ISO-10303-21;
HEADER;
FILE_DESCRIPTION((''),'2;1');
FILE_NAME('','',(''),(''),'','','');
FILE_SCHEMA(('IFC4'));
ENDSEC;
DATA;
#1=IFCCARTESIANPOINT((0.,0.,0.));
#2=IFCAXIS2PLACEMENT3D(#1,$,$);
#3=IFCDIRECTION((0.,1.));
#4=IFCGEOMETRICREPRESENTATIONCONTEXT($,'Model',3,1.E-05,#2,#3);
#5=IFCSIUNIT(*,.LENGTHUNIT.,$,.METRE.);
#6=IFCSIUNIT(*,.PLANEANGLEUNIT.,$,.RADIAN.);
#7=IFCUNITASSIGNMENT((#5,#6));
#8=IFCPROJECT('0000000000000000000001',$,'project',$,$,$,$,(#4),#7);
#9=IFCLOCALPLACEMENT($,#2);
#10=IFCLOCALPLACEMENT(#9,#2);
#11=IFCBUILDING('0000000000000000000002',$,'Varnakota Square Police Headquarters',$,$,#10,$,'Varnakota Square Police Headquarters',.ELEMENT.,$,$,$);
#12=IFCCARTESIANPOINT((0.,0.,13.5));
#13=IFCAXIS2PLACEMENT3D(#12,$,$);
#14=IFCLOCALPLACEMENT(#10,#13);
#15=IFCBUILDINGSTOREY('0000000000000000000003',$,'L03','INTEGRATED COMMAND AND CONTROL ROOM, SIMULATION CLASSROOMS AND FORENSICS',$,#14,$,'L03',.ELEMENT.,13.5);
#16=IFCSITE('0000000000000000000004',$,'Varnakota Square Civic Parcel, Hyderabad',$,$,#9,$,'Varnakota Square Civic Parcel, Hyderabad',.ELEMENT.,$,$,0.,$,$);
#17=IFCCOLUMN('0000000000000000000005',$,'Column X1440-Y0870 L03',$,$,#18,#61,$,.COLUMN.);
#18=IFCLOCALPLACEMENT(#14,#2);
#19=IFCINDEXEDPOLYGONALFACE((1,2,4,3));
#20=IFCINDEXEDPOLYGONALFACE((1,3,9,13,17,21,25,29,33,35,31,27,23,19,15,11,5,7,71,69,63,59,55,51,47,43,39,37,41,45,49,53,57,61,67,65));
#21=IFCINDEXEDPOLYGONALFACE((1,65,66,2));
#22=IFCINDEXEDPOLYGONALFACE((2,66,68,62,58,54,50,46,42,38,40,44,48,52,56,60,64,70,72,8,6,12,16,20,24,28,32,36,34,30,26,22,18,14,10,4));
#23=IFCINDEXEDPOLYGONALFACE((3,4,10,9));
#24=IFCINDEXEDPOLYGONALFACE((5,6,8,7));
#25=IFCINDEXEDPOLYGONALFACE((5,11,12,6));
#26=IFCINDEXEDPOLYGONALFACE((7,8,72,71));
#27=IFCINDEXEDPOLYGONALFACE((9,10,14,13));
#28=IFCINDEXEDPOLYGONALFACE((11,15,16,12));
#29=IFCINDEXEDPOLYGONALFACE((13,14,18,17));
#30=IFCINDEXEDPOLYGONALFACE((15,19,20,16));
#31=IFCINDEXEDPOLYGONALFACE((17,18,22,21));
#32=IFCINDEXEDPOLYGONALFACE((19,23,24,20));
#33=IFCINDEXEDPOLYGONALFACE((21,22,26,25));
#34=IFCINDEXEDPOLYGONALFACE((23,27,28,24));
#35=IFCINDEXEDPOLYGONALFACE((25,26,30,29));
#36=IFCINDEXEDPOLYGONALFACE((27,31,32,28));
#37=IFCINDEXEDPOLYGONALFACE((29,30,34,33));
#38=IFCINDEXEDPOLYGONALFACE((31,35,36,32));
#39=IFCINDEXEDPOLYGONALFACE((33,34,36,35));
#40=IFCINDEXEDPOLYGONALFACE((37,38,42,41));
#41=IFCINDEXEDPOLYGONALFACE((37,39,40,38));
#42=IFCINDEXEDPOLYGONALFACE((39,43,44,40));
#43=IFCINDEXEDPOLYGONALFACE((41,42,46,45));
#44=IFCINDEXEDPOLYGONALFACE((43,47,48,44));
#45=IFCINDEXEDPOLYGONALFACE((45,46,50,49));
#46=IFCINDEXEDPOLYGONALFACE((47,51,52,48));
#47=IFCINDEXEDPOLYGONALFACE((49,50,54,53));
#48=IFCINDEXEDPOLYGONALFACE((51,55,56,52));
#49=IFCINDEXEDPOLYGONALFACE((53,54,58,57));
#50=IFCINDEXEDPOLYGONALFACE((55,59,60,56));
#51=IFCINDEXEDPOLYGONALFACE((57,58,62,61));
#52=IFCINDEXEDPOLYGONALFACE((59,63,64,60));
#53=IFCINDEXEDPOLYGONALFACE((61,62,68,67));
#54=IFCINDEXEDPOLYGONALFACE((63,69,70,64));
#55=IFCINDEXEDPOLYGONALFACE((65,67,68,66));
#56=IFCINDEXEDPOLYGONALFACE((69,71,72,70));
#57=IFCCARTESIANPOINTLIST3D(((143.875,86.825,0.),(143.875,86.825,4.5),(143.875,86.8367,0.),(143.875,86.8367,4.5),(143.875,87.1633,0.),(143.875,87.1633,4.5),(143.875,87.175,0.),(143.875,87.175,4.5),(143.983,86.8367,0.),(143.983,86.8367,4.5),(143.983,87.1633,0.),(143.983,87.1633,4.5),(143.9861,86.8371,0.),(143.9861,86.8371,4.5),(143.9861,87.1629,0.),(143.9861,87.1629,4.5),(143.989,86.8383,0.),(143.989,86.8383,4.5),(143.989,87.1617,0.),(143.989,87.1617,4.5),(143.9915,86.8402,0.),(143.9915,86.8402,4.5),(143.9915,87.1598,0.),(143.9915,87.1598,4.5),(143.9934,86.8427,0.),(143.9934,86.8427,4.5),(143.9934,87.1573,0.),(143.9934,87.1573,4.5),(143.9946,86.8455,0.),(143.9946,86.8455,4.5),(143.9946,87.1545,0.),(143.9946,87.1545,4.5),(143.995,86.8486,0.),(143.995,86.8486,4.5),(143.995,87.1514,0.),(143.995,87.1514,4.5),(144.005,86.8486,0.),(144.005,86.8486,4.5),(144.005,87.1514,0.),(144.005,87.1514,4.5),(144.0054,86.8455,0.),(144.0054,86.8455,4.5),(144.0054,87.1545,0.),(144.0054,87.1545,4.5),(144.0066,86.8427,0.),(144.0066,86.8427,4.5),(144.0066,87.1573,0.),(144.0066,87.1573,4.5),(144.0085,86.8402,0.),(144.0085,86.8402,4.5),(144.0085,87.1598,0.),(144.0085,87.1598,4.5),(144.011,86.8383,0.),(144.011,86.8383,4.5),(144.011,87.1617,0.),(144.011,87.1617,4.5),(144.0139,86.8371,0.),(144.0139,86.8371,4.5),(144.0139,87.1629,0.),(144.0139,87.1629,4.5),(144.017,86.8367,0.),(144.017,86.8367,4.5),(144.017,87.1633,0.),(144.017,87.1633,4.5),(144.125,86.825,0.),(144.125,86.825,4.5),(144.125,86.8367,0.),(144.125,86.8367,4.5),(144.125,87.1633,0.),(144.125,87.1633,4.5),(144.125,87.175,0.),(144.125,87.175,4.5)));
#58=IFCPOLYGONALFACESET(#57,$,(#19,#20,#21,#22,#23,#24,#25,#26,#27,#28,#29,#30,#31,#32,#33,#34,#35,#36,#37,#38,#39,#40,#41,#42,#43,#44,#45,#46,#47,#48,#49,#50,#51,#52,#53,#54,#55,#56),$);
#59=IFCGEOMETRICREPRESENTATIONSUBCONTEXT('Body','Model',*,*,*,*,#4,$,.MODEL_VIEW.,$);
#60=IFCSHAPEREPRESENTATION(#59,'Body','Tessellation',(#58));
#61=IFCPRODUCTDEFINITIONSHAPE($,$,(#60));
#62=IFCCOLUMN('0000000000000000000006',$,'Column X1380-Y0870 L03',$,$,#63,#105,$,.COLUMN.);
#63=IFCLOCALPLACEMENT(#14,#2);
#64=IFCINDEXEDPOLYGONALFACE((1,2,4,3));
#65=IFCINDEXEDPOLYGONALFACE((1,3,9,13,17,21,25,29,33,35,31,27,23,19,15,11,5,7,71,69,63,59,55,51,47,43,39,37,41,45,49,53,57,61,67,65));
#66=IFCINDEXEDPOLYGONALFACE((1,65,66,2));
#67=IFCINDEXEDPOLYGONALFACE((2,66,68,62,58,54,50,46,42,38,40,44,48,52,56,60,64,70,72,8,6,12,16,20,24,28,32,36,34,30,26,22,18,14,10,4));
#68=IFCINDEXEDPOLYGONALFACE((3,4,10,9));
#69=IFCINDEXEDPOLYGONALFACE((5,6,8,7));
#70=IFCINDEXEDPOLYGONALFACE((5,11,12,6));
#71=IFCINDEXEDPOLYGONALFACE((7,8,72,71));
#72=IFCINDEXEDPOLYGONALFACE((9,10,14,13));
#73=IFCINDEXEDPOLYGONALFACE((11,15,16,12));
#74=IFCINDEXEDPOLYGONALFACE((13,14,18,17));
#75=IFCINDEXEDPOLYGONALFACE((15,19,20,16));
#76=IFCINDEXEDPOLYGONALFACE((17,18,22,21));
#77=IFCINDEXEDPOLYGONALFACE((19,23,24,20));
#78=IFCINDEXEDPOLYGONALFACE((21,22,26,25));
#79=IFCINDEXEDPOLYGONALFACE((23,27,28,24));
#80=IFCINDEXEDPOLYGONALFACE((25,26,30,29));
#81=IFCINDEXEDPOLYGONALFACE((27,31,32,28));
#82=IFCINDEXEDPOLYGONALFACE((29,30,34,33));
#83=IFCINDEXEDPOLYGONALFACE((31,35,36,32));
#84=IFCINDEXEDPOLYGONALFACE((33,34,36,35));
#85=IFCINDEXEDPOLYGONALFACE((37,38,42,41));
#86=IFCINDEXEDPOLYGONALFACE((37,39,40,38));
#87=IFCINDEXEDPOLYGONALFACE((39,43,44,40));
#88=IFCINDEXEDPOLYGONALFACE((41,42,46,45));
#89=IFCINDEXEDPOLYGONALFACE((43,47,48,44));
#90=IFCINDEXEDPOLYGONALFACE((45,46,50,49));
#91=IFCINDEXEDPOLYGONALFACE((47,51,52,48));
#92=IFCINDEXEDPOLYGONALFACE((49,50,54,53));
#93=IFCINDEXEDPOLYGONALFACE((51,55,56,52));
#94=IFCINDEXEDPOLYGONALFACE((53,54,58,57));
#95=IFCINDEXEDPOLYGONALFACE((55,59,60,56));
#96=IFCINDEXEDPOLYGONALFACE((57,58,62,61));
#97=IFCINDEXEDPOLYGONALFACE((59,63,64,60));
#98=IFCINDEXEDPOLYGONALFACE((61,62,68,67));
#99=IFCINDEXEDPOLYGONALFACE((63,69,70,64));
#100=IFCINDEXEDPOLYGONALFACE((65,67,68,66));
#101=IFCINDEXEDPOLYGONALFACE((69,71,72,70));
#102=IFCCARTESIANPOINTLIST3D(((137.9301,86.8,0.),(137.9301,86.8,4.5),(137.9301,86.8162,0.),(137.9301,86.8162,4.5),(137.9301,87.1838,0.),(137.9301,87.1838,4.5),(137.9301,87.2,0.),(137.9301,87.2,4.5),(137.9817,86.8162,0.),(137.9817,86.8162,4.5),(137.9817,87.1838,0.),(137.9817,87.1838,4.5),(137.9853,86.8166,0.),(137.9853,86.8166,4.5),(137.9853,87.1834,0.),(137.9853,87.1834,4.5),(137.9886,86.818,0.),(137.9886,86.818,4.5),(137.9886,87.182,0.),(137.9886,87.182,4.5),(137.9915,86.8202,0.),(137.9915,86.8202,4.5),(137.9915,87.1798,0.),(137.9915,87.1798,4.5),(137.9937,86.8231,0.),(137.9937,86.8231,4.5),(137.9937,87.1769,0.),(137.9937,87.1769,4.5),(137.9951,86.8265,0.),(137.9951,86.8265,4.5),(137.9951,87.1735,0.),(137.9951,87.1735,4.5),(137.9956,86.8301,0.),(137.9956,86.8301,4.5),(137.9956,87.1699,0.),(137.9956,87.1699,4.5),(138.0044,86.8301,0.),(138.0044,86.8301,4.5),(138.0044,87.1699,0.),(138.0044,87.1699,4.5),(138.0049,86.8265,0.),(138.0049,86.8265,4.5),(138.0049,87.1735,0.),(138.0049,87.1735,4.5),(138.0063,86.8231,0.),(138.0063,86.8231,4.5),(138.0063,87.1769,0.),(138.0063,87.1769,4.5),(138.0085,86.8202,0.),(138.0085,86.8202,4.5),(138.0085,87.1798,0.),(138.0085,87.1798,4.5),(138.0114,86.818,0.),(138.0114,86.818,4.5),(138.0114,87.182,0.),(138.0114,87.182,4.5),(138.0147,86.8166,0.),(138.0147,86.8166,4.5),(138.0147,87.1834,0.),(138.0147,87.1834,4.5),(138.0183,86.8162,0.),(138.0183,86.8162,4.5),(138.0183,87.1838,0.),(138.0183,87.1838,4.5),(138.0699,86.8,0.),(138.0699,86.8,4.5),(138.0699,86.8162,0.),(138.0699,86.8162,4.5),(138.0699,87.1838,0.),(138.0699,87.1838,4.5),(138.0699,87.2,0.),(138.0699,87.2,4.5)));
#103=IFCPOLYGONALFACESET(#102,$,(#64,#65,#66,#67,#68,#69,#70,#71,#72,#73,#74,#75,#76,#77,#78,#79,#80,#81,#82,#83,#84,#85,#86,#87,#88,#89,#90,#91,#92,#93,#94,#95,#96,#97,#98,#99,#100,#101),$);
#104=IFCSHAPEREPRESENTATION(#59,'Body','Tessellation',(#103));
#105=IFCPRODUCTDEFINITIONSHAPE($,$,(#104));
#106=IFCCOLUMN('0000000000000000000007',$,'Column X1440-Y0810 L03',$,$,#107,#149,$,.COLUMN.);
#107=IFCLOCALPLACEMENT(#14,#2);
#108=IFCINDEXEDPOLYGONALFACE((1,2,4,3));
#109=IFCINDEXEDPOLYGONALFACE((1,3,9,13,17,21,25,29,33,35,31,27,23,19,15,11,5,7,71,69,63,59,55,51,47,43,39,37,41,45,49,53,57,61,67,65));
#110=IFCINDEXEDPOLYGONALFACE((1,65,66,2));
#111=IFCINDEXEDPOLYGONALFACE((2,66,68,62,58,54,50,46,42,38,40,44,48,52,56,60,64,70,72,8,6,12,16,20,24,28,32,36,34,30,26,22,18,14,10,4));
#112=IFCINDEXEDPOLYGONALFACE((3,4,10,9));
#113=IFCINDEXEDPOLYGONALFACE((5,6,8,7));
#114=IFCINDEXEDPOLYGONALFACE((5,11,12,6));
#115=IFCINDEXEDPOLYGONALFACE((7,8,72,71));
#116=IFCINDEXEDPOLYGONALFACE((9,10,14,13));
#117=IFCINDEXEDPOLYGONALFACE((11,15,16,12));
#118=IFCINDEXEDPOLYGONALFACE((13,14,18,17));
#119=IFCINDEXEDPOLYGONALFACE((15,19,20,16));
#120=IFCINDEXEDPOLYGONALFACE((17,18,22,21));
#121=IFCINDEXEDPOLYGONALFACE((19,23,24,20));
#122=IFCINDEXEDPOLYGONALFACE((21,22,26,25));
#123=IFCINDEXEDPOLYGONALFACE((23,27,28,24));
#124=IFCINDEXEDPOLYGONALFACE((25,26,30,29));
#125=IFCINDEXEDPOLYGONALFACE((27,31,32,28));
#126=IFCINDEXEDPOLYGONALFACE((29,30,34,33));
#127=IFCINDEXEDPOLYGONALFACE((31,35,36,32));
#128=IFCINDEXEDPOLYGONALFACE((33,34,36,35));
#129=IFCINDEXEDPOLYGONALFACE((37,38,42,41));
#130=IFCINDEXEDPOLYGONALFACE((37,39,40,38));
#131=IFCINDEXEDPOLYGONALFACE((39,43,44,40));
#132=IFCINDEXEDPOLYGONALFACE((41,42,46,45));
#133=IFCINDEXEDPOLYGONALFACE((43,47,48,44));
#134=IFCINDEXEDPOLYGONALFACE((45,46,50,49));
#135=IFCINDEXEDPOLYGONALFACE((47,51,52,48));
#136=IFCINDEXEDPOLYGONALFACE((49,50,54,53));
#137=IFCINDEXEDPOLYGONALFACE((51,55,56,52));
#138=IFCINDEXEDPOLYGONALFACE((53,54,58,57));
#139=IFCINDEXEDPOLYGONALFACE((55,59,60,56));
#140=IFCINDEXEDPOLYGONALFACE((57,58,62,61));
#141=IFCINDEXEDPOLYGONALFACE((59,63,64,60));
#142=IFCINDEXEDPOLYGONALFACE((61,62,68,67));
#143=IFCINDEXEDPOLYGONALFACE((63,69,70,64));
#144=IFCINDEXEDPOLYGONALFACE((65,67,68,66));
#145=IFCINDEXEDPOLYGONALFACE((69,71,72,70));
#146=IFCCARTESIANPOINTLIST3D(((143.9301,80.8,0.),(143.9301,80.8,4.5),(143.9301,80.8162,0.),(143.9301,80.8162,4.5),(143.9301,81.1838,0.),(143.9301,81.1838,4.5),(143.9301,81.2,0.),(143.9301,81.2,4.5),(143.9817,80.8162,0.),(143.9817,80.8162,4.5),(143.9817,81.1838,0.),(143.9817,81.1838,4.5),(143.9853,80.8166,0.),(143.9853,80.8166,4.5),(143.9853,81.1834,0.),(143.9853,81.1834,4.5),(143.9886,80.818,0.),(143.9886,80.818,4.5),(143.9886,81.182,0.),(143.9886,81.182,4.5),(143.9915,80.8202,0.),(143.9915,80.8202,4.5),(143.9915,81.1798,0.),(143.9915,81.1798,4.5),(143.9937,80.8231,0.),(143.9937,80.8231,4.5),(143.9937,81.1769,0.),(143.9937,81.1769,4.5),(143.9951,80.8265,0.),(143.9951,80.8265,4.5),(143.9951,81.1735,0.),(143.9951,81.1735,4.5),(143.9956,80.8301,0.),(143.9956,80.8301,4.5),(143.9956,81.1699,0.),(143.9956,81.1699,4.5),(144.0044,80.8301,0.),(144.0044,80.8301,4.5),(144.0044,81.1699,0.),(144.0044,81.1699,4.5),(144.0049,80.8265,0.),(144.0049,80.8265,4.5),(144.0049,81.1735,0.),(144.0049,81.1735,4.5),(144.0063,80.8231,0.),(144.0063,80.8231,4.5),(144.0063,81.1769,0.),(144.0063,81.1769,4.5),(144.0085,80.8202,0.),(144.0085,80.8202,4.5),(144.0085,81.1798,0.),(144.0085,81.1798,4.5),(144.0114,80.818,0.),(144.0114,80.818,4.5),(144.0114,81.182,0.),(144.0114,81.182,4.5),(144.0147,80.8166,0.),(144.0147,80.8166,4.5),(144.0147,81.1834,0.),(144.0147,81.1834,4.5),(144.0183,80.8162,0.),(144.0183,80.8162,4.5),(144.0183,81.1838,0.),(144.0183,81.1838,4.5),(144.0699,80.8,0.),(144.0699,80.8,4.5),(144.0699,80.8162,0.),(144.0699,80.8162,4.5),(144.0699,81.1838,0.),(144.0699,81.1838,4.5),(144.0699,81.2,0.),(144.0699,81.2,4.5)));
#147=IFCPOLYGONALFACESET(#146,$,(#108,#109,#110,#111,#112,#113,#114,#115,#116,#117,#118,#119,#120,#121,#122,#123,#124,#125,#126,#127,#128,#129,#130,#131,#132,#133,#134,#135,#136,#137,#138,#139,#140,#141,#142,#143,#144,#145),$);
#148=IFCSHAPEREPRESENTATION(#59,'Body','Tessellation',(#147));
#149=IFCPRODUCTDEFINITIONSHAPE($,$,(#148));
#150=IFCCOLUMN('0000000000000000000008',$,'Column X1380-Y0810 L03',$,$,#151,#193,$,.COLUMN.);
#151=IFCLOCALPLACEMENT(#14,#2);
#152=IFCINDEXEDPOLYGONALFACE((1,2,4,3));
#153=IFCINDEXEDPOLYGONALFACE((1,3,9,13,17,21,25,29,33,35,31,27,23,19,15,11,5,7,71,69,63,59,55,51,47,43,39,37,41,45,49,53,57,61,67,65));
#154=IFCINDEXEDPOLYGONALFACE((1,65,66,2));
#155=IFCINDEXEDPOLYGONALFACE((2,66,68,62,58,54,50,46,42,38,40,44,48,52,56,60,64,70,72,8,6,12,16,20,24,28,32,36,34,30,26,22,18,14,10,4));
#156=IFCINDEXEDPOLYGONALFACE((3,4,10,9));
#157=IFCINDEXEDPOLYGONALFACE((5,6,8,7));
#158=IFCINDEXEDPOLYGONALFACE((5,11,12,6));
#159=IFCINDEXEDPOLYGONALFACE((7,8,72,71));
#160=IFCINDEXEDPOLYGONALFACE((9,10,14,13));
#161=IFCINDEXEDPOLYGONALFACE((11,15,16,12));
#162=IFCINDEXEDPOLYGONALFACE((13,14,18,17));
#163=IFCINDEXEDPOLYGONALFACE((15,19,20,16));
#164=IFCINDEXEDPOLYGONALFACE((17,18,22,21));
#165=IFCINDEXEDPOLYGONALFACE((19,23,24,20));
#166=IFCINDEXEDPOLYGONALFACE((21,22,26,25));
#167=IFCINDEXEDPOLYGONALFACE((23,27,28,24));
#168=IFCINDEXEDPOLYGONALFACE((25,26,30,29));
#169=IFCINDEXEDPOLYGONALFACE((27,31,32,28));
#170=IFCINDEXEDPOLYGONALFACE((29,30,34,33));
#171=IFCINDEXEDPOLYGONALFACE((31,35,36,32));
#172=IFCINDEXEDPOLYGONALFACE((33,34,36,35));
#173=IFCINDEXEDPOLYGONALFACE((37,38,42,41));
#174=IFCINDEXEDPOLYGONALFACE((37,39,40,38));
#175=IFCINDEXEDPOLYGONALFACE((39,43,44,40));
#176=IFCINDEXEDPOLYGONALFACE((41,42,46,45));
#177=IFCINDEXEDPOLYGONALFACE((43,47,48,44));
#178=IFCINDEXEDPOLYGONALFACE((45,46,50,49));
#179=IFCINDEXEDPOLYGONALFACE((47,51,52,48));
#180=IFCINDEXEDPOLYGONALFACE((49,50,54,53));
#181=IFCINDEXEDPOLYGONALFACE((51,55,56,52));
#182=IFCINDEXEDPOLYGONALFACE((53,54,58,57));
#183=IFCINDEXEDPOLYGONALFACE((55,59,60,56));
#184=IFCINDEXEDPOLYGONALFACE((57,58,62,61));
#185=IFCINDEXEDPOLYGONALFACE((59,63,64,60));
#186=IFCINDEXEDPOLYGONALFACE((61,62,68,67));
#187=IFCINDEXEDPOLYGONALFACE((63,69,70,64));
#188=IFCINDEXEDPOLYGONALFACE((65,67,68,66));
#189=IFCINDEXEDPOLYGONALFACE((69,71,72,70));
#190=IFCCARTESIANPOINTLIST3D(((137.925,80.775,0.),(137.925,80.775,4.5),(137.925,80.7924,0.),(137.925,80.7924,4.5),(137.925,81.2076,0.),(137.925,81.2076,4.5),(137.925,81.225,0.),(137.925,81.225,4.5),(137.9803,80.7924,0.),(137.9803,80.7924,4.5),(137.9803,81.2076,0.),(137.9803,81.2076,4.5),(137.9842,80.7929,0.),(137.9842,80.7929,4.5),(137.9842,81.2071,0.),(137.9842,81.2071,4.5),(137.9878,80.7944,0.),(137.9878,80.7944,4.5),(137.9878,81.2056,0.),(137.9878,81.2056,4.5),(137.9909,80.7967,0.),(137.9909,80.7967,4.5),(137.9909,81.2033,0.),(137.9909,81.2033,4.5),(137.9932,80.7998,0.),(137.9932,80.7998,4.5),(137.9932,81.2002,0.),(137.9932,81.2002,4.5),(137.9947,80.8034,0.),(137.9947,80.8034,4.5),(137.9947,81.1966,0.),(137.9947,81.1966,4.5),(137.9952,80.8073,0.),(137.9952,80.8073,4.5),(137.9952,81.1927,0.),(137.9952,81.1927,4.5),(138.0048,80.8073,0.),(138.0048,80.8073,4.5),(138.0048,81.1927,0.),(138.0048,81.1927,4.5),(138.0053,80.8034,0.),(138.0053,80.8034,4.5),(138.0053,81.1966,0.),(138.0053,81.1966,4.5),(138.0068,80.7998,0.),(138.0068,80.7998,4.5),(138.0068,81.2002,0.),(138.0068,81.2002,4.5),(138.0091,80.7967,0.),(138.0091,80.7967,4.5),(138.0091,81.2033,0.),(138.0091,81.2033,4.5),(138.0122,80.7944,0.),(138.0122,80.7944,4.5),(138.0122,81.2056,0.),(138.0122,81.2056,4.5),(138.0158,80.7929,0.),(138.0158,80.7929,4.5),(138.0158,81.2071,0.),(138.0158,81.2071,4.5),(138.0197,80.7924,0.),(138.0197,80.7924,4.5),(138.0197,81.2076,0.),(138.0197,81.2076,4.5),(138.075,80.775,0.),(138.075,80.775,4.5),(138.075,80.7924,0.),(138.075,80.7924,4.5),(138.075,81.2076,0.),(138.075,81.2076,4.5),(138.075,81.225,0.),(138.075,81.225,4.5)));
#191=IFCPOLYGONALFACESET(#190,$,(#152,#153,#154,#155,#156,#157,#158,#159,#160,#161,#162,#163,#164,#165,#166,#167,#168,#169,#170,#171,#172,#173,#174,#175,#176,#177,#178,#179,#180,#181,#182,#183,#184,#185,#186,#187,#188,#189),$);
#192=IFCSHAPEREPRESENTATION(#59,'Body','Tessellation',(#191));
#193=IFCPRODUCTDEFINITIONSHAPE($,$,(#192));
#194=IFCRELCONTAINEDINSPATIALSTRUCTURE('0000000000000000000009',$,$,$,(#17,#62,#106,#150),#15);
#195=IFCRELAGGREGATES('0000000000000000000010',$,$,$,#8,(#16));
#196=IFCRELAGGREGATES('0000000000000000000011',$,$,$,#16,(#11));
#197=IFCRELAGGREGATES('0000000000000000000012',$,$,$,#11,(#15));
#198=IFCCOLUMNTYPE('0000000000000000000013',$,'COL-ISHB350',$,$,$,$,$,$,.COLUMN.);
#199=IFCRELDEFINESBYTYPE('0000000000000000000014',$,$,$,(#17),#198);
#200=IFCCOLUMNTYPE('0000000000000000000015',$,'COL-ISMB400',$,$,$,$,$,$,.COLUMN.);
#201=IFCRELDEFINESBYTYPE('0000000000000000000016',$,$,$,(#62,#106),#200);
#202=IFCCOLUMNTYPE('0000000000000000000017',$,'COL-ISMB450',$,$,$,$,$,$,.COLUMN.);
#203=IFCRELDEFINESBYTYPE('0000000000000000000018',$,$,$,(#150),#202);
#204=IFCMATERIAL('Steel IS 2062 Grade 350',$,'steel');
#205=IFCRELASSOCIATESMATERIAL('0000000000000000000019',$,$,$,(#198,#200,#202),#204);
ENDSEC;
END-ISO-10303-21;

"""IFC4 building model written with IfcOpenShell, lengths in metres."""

from ifc_helpers import new_model, si_unit, direction, frame, origin, origin_2d, place, context, subcontext, project, spatial, i_section, extrude, material, material_profile, profile_set, type_object, element, save


model = new_model("IFC4")

# Units and contexts
model_context = context("Model", 3, precision=1e-05, world=origin(), true_north=direction((0.0, 1.0)))
body_context = subcontext(model_context, "Body", "Model", "MODEL_VIEW")
ifc_project = project(units=[si_unit("LENGTHUNIT", "METRE"), si_unit("PLANEANGLEUNIT", "RADIAN")], contexts=[model_context])

# Site, building, storey
site_placement = place(None, origin())
site = spatial("IfcSite", under=ifc_project, at=site_placement, Name="Varnakota Square Civic Parcel, Hyderabad", LongName="Varnakota Square Civic Parcel, Hyderabad", CompositionType="ELEMENT", RefElevation=0.0)
building_placement = place(site_placement, origin())
building = spatial("IfcBuilding", under=site, at=building_placement, Name="Varnakota Square Police Headquarters", LongName="Varnakota Square Police Headquarters", CompositionType="ELEMENT")
storey_placement = place(building_placement, frame((0.0, 0.0, 13.5)))
storey = spatial("IfcBuildingStorey", under=building, at=storey_placement, Name="L03", Description="INTEGRATED COMMAND AND CONTROL ROOM, SIMULATION CLASSROOMS AND FORENSICS", LongName="L03", CompositionType="ELEMENT", Elevation=13.5)

# Columns
ifc_material_1 = material(Name="Steel IS 2062 Grade 350", Category="steel")
ifc_material_profile_1 = material_profile(ifc_material_1, i_section(OverallWidth=0.25, OverallDepth=0.3501, WebThickness=0.01, FlangeThickness=0.0117, FilletRadius=0.012, at=origin_2d()), Name="ISHB 350")
ifc_profile_set_1 = profile_set([ifc_material_profile_1], Name="Steel IS 2062 Grade 350")
column_type_1 = type_object("IfcColumnType", Name="COL-ISHB350", PredefinedType="COLUMN", material=ifc_profile_set_1)
column_1_placement = place(storey_placement, frame((144.0, 87.0, 0.0), z_axis=(0.0, 0.0, 1.0), x_axis=(1.0, 0.0, 0.0)))
element("IfcColumn", 1, at=column_1_placement, inside=storey, type_object=column_type_1, Name="Column X1440-Y0870 L03", PredefinedType="COLUMN", context=body_context, shape_type="SweptSolid", body=[
    extrude(i_section(OverallWidth=0.25, OverallDepth=0.3501, WebThickness=0.01, FlangeThickness=0.0117, FilletRadius=0.012, at=origin_2d()), origin(), (0.0, 0.0, 1.0), 4.5),
])
ifc_material_profile_2 = material_profile(ifc_material_1, i_section(OverallWidth=0.1399, OverallDepth=0.3999, WebThickness=0.0088, FlangeThickness=0.0161, FilletRadius=0.0139, at=origin_2d()), Name="ISMB 400")
ifc_profile_set_2 = profile_set([ifc_material_profile_2], Name="Steel IS 2062 Grade 350")
column_type_2 = type_object("IfcColumnType", Name="COL-ISMB400", PredefinedType="COLUMN", material=ifc_profile_set_2)
for number, where, z_axis, x_axis, name in (
    (2, (138.0, 87.0, 0.0), (0.0, 0.0, 1.0), (1.0, 0.0, 0.0), "Column X1380-Y0870 L03"),
    (3, (144.0, 81.0, 0.0), (0.0, 0.0, 1.0), (1.0, 0.0, 0.0), "Column X1440-Y0810 L03"),
):
    element("IfcColumn", number, at=place(storey_placement, frame(where, z_axis=z_axis, x_axis=x_axis)), inside=storey, type_object=column_type_2, Name=name, PredefinedType="COLUMN", context=body_context, shape_type="SweptSolid", body=[
        extrude(i_section(OverallWidth=0.1399, OverallDepth=0.3999, WebThickness=0.0088, FlangeThickness=0.0161, FilletRadius=0.0139, at=origin_2d()), origin(), (0.0, 0.0, 1.0), 4.5),
    ])
ifc_material_profile_3 = material_profile(ifc_material_1, i_section(OverallWidth=0.1499, OverallDepth=0.45, WebThickness=0.0095, FlangeThickness=0.0173, FilletRadius=0.0149, at=origin_2d()), Name="ISMB 450")
ifc_profile_set_3 = profile_set([ifc_material_profile_3], Name="Steel IS 2062 Grade 350")
column_type_3 = type_object("IfcColumnType", Name="COL-ISMB450", PredefinedType="COLUMN", material=ifc_profile_set_3)
column_2_placement = place(storey_placement, frame((138.0, 81.0, 0.0), z_axis=(0.0, 0.0, 1.0), x_axis=(1.0, 0.0, 0.0)))
element("IfcColumn", 4, at=column_2_placement, inside=storey, type_object=column_type_3, Name="Column X1380-Y0810 L03", PredefinedType="COLUMN", context=body_context, shape_type="SweptSolid", body=[
    extrude(i_section(OverallWidth=0.1499, OverallDepth=0.45, WebThickness=0.0095, FlangeThickness=0.0173, FilletRadius=0.0149, at=origin_2d()), origin(), (0.0, 0.0, 1.0), 4.5),
])

save(model, "model.ifc")
